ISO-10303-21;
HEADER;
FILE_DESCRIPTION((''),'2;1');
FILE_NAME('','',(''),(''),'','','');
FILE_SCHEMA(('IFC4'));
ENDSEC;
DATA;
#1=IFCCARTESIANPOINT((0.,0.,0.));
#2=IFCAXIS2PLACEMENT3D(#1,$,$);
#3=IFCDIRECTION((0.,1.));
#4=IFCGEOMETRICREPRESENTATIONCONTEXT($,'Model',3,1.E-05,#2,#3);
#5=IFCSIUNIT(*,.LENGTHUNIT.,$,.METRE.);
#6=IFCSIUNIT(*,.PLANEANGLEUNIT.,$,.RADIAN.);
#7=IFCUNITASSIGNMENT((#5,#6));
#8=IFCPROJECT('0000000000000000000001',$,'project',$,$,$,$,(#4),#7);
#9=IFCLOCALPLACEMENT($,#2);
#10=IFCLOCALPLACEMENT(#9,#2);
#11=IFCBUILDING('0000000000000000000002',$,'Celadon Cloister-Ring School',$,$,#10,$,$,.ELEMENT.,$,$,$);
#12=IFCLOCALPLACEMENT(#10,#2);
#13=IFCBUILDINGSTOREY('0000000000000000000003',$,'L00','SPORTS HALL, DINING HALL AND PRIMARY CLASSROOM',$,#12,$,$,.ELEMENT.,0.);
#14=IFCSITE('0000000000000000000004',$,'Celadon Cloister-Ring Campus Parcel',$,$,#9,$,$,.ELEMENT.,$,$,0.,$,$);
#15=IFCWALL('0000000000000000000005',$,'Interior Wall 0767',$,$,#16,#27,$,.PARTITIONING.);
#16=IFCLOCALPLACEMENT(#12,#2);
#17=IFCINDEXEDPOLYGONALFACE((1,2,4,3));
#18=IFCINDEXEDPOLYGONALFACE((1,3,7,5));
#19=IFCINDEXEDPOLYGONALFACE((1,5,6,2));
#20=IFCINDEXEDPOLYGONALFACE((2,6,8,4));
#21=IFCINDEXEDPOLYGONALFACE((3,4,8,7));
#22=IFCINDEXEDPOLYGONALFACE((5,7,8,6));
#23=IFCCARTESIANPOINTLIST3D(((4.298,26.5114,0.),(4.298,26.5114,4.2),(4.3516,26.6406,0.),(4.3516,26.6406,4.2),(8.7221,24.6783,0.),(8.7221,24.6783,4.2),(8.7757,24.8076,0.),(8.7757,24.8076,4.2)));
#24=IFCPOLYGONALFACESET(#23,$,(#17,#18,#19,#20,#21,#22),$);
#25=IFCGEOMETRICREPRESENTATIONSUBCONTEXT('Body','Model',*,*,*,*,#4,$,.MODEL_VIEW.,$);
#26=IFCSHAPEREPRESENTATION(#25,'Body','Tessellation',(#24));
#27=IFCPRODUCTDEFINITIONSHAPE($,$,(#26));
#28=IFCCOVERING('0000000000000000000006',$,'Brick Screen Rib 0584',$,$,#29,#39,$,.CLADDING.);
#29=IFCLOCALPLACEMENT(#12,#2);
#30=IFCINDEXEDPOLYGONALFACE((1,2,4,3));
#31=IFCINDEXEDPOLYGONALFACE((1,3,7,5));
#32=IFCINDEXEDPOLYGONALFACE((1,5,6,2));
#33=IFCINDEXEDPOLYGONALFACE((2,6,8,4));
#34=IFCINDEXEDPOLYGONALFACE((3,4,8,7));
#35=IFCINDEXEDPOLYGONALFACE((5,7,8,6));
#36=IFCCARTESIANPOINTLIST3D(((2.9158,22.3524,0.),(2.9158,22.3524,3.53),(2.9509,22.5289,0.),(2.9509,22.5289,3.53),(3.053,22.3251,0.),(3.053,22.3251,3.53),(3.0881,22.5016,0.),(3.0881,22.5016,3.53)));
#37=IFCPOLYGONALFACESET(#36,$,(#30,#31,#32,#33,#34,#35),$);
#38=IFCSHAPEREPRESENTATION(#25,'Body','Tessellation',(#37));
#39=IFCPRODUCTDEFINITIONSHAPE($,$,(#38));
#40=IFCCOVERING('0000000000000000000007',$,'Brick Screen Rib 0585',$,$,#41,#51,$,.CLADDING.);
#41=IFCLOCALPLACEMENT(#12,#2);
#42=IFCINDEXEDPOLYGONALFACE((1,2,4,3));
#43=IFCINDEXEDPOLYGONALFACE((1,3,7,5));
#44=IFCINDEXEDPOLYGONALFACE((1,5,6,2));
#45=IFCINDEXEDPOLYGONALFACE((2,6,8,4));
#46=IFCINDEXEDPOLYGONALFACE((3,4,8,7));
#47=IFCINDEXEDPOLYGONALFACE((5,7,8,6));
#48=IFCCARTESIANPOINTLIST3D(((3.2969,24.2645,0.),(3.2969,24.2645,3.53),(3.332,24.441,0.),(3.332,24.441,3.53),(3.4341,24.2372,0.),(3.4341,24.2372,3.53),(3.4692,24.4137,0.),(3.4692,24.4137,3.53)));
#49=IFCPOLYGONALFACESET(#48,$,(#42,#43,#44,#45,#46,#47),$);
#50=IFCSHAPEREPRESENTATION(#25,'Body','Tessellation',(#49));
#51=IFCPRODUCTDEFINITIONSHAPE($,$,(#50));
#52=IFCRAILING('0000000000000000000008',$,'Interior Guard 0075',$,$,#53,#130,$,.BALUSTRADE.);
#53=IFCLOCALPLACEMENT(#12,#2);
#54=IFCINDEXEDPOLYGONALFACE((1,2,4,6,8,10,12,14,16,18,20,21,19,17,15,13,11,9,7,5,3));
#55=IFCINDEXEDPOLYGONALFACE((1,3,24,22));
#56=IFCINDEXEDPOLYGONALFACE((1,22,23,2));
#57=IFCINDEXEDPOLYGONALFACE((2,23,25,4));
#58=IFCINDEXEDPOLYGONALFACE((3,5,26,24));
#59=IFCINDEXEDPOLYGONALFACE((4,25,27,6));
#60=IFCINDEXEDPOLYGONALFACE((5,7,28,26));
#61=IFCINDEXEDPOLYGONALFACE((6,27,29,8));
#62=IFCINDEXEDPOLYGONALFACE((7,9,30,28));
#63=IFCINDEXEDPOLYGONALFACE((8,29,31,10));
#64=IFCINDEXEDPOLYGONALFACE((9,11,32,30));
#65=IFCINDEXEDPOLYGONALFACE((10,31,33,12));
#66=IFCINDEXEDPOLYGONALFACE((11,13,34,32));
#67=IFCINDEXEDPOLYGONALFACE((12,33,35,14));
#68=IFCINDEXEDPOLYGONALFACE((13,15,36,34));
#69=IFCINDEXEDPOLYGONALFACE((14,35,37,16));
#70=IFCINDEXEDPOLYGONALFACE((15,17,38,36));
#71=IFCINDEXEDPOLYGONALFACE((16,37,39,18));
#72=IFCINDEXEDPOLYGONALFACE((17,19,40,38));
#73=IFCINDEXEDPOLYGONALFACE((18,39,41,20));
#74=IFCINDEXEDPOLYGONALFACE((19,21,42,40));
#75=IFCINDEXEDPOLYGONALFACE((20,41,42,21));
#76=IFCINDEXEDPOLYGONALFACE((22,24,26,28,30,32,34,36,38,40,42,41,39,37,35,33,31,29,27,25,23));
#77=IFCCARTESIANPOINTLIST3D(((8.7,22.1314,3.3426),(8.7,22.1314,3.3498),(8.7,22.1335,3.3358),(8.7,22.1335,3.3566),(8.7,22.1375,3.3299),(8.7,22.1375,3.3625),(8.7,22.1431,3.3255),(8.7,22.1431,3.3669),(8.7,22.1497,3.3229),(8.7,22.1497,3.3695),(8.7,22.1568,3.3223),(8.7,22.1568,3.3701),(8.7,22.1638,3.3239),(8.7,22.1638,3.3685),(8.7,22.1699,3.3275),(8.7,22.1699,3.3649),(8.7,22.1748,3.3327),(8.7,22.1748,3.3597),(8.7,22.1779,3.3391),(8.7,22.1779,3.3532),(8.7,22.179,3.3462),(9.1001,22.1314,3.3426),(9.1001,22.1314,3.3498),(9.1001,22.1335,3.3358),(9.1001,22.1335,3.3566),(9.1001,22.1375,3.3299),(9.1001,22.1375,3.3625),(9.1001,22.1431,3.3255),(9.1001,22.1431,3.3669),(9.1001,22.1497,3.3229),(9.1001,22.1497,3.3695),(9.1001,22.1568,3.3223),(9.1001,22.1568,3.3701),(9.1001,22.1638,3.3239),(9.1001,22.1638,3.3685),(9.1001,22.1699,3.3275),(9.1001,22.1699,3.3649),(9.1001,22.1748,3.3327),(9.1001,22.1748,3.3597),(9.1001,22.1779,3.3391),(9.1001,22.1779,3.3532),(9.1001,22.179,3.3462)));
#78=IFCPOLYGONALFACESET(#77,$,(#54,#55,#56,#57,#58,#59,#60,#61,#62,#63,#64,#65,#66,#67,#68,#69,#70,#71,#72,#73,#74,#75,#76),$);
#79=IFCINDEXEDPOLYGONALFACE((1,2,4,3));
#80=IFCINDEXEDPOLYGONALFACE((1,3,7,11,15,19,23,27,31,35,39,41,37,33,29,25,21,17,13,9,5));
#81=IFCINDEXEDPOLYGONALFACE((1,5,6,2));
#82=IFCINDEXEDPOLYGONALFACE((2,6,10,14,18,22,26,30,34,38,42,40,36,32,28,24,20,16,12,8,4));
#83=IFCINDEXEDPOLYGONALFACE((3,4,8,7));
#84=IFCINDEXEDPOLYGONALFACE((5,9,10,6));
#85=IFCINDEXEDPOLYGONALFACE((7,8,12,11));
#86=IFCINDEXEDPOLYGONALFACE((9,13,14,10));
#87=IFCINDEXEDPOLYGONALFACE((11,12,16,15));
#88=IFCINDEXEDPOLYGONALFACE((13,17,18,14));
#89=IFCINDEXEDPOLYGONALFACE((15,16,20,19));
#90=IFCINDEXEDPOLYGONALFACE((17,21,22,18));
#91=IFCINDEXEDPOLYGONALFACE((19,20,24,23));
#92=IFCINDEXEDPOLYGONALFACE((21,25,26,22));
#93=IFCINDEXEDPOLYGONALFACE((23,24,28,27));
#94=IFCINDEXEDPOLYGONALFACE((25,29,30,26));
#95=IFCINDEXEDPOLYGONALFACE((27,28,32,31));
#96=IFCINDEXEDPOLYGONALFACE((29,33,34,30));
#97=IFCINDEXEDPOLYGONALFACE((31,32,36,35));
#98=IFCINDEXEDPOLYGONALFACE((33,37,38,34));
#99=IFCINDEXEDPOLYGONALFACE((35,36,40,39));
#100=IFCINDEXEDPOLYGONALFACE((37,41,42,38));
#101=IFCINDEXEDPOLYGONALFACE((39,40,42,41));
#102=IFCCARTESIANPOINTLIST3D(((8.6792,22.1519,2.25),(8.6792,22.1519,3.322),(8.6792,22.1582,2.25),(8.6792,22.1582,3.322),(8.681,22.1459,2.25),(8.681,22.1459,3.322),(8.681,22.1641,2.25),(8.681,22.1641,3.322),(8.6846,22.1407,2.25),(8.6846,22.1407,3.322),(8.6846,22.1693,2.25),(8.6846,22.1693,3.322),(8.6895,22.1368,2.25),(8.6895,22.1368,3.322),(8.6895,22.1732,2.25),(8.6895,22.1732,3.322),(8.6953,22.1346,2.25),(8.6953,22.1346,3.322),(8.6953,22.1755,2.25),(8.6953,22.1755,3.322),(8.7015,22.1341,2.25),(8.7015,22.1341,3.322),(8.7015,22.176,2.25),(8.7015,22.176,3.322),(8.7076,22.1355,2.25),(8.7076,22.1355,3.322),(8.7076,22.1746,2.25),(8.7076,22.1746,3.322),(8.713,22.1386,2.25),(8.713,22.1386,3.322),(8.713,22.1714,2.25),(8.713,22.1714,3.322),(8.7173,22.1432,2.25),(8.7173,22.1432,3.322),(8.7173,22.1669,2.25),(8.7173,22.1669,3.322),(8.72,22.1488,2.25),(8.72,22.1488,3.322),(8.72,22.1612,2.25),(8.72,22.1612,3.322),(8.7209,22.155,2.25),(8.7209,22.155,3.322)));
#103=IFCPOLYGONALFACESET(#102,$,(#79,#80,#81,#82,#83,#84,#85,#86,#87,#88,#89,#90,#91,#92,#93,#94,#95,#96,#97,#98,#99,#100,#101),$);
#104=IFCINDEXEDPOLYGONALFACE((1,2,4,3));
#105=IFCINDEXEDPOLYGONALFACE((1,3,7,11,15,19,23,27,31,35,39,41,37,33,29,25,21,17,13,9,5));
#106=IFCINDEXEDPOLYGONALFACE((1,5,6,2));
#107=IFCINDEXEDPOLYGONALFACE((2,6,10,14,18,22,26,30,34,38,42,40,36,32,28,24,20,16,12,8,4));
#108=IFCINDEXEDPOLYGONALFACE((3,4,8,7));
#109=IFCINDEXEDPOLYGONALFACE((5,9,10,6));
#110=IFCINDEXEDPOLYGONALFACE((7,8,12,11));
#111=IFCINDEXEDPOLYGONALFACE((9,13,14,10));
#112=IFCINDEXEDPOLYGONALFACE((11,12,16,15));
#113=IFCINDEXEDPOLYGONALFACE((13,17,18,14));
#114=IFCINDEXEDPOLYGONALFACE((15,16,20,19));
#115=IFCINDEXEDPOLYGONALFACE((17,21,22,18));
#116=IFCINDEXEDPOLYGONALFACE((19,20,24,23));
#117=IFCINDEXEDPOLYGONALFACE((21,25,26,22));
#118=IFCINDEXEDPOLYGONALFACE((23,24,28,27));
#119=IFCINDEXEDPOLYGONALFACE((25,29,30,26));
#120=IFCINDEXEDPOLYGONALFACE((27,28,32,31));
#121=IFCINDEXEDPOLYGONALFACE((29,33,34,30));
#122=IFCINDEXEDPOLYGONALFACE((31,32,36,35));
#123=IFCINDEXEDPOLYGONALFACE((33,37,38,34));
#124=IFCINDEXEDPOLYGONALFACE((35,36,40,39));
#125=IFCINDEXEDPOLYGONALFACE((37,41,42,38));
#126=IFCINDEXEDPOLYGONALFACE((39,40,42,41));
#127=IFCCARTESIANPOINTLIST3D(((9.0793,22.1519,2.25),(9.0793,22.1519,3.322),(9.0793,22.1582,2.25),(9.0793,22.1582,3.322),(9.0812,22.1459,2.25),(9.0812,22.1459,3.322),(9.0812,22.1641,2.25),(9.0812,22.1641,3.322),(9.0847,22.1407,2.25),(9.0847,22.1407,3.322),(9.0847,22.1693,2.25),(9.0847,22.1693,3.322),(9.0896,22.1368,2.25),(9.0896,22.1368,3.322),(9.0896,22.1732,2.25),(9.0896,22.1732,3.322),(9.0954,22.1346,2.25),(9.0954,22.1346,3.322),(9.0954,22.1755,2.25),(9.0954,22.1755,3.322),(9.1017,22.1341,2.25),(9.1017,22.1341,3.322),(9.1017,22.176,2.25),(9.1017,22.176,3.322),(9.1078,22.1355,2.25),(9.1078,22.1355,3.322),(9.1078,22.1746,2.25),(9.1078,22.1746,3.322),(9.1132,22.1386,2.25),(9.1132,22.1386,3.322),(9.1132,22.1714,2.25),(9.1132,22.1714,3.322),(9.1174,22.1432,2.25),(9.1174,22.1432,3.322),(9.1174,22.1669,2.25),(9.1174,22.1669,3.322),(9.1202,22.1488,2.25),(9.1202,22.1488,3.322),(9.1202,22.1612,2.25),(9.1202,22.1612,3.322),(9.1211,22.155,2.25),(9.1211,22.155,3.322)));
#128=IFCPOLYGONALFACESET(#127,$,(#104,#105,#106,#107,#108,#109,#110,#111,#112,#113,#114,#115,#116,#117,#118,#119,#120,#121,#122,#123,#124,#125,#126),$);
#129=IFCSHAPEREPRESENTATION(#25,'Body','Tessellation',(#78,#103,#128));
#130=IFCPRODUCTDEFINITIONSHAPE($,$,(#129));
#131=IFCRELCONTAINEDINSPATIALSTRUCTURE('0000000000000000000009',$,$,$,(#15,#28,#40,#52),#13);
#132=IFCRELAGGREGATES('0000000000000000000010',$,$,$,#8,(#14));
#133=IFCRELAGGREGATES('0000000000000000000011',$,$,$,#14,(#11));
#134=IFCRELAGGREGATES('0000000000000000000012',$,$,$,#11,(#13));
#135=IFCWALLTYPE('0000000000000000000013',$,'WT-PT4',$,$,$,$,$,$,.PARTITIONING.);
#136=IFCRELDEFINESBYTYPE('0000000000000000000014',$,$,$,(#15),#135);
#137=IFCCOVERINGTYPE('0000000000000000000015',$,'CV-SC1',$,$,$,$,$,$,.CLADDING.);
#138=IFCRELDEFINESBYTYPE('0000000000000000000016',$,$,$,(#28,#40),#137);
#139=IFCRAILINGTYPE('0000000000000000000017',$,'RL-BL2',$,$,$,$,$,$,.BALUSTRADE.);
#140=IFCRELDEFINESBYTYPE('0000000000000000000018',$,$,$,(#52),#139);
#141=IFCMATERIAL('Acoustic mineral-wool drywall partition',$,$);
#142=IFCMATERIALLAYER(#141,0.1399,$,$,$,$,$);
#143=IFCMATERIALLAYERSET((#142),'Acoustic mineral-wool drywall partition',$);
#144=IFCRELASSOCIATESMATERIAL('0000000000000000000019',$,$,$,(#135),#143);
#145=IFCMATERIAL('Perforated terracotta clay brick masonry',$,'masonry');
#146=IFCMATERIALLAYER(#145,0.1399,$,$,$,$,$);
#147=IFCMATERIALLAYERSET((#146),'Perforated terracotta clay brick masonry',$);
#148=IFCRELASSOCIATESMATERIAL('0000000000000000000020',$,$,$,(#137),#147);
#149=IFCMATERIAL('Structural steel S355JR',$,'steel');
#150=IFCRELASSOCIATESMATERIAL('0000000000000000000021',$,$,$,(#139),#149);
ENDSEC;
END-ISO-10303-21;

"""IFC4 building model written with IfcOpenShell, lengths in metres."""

from ifc_helpers import new_model, si_unit, direction, frame, frame_2d, origin, origin_2d, place, context, subcontext, project, spatial, rectangle, circle, extrude, material, layer, layer_set, type_object, element, save


model = new_model("IFC4")

# Units and contexts
model_context = context("Model", 3, precision=1e-05, world=origin(), true_north=direction((0.0, 1.0)))
body_context = subcontext(model_context, "Body", "Model", "MODEL_VIEW")
ifc_project = project(units=[si_unit("LENGTHUNIT", "METRE"), si_unit("PLANEANGLEUNIT", "RADIAN")], contexts=[model_context])

# Site, building, storey
site_placement = place(None, origin())
site = spatial("IfcSite", under=ifc_project, at=site_placement, Name="Celadon Cloister-Ring Campus Parcel", CompositionType="ELEMENT", RefElevation=0.0)
building_placement = place(site_placement, origin())
building = spatial("IfcBuilding", under=site, at=building_placement, Name="Celadon Cloister-Ring School", CompositionType="ELEMENT")
storey_placement = place(building_placement, origin())
storey = spatial("IfcBuildingStorey", under=building, at=storey_placement, Name="L00", Description="SPORTS HALL, DINING HALL AND PRIMARY CLASSROOM", CompositionType="ELEMENT", Elevation=0.0)

# Wall
ifc_material_1 = material(Name="Acoustic mineral-wool drywall partition")
ifc_layer_1 = layer(ifc_material_1, 0.1399)
ifc_layer_set_1 = layer_set([ifc_layer_1], Name="Acoustic mineral-wool drywall partition")
wall_type_1 = type_object("IfcWallType", Name="WT-PT4", PredefinedType="PARTITIONING", material=ifc_layer_set_1)
wall_1_placement = place(storey_placement, frame((8.749, 24.7429, 0.0), z_axis=(0.0, 0.0, 1.0), x_axis=(-0.923843, 0.382772, 0.0)))
element("IfcWall", 1, at=wall_1_placement, inside=storey, type_object=wall_type_1, Name="Interior Wall 0767", PredefinedType="PARTITIONING", context=body_context, shape_type="SweptSolid", body=[
    extrude(rectangle(XDim=4.7888, YDim=0.1399, at=frame_2d((2.3945, 0.0))), origin(), (0.0, 0.0, 1.0), 4.2),
])

# Coverings
ifc_material_2 = material(Name="Perforated terracotta clay brick masonry", Category="masonry")
ifc_layer_2 = layer(ifc_material_2, 0.1399)
ifc_layer_set_2 = layer_set([ifc_layer_2], Name="Perforated terracotta clay brick masonry")
covering_type = type_object("IfcCoveringType", Name="CV-SC1", PredefinedType="CLADDING", material=ifc_layer_set_2)
for number, where, z_axis, x_axis, name in (
    (2, (3.002, 22.427, 0.0), (0.0, 0.0, 1.0), (0.195142, 0.980775, 0.0), "Brick Screen Rib 0584"),
    (3, (3.3831, 24.3391, 0.0), (0.0, 0.0, 1.0), (0.195142, 0.980775, 0.0), "Brick Screen Rib 0585"),
):
    element("IfcCovering", number, at=place(storey_placement, frame(where, z_axis=z_axis, x_axis=x_axis)), inside=storey, type_object=covering_type, Name=name, PredefinedType="CLADDING", context=body_context, shape_type="SweptSolid", body=[
        extrude(rectangle(XDim=0.1799, YDim=0.1399, at=origin_2d()), origin(), (0.0, 0.0, 1.0), 3.53),
    ])

# Railing
ifc_material_3 = material(Name="Structural steel S355JR", Category="steel")
railing_type_1 = type_object("IfcRailingType", Name="RL-BL2", PredefinedType="BALUSTRADE", material=ifc_material_3)
railing_1_placement = place(storey_placement, frame((8.7, 22.155, 2.25)))
element("IfcRailing", 4, at=railing_1_placement, inside=storey, type_object=railing_type_1, Name="Interior Guard 0075", PredefinedType="BALUSTRADE", context=body_context, shape_type="SweptSolid", body=[
    extrude(circle(Radius=0.0239, at=origin_2d()), frame((0.0, 0.0, 1.0962), z_axis=(1.0, 0.0, 0.0), x_axis=(0.0, 1.0, 0.0)), (0.0, 0.0, 1.0), 0.4001),
    extrude(circle(Radius=0.021, at=origin_2d()), origin(), (0.0, 0.0, 1.0), 1.072),
    extrude(circle(Radius=0.021, at=origin_2d()), frame((0.4001, 0.0, 0.0)), (0.0, 0.0, 1.0), 1.072),
])

save(model, "model.ifc")
